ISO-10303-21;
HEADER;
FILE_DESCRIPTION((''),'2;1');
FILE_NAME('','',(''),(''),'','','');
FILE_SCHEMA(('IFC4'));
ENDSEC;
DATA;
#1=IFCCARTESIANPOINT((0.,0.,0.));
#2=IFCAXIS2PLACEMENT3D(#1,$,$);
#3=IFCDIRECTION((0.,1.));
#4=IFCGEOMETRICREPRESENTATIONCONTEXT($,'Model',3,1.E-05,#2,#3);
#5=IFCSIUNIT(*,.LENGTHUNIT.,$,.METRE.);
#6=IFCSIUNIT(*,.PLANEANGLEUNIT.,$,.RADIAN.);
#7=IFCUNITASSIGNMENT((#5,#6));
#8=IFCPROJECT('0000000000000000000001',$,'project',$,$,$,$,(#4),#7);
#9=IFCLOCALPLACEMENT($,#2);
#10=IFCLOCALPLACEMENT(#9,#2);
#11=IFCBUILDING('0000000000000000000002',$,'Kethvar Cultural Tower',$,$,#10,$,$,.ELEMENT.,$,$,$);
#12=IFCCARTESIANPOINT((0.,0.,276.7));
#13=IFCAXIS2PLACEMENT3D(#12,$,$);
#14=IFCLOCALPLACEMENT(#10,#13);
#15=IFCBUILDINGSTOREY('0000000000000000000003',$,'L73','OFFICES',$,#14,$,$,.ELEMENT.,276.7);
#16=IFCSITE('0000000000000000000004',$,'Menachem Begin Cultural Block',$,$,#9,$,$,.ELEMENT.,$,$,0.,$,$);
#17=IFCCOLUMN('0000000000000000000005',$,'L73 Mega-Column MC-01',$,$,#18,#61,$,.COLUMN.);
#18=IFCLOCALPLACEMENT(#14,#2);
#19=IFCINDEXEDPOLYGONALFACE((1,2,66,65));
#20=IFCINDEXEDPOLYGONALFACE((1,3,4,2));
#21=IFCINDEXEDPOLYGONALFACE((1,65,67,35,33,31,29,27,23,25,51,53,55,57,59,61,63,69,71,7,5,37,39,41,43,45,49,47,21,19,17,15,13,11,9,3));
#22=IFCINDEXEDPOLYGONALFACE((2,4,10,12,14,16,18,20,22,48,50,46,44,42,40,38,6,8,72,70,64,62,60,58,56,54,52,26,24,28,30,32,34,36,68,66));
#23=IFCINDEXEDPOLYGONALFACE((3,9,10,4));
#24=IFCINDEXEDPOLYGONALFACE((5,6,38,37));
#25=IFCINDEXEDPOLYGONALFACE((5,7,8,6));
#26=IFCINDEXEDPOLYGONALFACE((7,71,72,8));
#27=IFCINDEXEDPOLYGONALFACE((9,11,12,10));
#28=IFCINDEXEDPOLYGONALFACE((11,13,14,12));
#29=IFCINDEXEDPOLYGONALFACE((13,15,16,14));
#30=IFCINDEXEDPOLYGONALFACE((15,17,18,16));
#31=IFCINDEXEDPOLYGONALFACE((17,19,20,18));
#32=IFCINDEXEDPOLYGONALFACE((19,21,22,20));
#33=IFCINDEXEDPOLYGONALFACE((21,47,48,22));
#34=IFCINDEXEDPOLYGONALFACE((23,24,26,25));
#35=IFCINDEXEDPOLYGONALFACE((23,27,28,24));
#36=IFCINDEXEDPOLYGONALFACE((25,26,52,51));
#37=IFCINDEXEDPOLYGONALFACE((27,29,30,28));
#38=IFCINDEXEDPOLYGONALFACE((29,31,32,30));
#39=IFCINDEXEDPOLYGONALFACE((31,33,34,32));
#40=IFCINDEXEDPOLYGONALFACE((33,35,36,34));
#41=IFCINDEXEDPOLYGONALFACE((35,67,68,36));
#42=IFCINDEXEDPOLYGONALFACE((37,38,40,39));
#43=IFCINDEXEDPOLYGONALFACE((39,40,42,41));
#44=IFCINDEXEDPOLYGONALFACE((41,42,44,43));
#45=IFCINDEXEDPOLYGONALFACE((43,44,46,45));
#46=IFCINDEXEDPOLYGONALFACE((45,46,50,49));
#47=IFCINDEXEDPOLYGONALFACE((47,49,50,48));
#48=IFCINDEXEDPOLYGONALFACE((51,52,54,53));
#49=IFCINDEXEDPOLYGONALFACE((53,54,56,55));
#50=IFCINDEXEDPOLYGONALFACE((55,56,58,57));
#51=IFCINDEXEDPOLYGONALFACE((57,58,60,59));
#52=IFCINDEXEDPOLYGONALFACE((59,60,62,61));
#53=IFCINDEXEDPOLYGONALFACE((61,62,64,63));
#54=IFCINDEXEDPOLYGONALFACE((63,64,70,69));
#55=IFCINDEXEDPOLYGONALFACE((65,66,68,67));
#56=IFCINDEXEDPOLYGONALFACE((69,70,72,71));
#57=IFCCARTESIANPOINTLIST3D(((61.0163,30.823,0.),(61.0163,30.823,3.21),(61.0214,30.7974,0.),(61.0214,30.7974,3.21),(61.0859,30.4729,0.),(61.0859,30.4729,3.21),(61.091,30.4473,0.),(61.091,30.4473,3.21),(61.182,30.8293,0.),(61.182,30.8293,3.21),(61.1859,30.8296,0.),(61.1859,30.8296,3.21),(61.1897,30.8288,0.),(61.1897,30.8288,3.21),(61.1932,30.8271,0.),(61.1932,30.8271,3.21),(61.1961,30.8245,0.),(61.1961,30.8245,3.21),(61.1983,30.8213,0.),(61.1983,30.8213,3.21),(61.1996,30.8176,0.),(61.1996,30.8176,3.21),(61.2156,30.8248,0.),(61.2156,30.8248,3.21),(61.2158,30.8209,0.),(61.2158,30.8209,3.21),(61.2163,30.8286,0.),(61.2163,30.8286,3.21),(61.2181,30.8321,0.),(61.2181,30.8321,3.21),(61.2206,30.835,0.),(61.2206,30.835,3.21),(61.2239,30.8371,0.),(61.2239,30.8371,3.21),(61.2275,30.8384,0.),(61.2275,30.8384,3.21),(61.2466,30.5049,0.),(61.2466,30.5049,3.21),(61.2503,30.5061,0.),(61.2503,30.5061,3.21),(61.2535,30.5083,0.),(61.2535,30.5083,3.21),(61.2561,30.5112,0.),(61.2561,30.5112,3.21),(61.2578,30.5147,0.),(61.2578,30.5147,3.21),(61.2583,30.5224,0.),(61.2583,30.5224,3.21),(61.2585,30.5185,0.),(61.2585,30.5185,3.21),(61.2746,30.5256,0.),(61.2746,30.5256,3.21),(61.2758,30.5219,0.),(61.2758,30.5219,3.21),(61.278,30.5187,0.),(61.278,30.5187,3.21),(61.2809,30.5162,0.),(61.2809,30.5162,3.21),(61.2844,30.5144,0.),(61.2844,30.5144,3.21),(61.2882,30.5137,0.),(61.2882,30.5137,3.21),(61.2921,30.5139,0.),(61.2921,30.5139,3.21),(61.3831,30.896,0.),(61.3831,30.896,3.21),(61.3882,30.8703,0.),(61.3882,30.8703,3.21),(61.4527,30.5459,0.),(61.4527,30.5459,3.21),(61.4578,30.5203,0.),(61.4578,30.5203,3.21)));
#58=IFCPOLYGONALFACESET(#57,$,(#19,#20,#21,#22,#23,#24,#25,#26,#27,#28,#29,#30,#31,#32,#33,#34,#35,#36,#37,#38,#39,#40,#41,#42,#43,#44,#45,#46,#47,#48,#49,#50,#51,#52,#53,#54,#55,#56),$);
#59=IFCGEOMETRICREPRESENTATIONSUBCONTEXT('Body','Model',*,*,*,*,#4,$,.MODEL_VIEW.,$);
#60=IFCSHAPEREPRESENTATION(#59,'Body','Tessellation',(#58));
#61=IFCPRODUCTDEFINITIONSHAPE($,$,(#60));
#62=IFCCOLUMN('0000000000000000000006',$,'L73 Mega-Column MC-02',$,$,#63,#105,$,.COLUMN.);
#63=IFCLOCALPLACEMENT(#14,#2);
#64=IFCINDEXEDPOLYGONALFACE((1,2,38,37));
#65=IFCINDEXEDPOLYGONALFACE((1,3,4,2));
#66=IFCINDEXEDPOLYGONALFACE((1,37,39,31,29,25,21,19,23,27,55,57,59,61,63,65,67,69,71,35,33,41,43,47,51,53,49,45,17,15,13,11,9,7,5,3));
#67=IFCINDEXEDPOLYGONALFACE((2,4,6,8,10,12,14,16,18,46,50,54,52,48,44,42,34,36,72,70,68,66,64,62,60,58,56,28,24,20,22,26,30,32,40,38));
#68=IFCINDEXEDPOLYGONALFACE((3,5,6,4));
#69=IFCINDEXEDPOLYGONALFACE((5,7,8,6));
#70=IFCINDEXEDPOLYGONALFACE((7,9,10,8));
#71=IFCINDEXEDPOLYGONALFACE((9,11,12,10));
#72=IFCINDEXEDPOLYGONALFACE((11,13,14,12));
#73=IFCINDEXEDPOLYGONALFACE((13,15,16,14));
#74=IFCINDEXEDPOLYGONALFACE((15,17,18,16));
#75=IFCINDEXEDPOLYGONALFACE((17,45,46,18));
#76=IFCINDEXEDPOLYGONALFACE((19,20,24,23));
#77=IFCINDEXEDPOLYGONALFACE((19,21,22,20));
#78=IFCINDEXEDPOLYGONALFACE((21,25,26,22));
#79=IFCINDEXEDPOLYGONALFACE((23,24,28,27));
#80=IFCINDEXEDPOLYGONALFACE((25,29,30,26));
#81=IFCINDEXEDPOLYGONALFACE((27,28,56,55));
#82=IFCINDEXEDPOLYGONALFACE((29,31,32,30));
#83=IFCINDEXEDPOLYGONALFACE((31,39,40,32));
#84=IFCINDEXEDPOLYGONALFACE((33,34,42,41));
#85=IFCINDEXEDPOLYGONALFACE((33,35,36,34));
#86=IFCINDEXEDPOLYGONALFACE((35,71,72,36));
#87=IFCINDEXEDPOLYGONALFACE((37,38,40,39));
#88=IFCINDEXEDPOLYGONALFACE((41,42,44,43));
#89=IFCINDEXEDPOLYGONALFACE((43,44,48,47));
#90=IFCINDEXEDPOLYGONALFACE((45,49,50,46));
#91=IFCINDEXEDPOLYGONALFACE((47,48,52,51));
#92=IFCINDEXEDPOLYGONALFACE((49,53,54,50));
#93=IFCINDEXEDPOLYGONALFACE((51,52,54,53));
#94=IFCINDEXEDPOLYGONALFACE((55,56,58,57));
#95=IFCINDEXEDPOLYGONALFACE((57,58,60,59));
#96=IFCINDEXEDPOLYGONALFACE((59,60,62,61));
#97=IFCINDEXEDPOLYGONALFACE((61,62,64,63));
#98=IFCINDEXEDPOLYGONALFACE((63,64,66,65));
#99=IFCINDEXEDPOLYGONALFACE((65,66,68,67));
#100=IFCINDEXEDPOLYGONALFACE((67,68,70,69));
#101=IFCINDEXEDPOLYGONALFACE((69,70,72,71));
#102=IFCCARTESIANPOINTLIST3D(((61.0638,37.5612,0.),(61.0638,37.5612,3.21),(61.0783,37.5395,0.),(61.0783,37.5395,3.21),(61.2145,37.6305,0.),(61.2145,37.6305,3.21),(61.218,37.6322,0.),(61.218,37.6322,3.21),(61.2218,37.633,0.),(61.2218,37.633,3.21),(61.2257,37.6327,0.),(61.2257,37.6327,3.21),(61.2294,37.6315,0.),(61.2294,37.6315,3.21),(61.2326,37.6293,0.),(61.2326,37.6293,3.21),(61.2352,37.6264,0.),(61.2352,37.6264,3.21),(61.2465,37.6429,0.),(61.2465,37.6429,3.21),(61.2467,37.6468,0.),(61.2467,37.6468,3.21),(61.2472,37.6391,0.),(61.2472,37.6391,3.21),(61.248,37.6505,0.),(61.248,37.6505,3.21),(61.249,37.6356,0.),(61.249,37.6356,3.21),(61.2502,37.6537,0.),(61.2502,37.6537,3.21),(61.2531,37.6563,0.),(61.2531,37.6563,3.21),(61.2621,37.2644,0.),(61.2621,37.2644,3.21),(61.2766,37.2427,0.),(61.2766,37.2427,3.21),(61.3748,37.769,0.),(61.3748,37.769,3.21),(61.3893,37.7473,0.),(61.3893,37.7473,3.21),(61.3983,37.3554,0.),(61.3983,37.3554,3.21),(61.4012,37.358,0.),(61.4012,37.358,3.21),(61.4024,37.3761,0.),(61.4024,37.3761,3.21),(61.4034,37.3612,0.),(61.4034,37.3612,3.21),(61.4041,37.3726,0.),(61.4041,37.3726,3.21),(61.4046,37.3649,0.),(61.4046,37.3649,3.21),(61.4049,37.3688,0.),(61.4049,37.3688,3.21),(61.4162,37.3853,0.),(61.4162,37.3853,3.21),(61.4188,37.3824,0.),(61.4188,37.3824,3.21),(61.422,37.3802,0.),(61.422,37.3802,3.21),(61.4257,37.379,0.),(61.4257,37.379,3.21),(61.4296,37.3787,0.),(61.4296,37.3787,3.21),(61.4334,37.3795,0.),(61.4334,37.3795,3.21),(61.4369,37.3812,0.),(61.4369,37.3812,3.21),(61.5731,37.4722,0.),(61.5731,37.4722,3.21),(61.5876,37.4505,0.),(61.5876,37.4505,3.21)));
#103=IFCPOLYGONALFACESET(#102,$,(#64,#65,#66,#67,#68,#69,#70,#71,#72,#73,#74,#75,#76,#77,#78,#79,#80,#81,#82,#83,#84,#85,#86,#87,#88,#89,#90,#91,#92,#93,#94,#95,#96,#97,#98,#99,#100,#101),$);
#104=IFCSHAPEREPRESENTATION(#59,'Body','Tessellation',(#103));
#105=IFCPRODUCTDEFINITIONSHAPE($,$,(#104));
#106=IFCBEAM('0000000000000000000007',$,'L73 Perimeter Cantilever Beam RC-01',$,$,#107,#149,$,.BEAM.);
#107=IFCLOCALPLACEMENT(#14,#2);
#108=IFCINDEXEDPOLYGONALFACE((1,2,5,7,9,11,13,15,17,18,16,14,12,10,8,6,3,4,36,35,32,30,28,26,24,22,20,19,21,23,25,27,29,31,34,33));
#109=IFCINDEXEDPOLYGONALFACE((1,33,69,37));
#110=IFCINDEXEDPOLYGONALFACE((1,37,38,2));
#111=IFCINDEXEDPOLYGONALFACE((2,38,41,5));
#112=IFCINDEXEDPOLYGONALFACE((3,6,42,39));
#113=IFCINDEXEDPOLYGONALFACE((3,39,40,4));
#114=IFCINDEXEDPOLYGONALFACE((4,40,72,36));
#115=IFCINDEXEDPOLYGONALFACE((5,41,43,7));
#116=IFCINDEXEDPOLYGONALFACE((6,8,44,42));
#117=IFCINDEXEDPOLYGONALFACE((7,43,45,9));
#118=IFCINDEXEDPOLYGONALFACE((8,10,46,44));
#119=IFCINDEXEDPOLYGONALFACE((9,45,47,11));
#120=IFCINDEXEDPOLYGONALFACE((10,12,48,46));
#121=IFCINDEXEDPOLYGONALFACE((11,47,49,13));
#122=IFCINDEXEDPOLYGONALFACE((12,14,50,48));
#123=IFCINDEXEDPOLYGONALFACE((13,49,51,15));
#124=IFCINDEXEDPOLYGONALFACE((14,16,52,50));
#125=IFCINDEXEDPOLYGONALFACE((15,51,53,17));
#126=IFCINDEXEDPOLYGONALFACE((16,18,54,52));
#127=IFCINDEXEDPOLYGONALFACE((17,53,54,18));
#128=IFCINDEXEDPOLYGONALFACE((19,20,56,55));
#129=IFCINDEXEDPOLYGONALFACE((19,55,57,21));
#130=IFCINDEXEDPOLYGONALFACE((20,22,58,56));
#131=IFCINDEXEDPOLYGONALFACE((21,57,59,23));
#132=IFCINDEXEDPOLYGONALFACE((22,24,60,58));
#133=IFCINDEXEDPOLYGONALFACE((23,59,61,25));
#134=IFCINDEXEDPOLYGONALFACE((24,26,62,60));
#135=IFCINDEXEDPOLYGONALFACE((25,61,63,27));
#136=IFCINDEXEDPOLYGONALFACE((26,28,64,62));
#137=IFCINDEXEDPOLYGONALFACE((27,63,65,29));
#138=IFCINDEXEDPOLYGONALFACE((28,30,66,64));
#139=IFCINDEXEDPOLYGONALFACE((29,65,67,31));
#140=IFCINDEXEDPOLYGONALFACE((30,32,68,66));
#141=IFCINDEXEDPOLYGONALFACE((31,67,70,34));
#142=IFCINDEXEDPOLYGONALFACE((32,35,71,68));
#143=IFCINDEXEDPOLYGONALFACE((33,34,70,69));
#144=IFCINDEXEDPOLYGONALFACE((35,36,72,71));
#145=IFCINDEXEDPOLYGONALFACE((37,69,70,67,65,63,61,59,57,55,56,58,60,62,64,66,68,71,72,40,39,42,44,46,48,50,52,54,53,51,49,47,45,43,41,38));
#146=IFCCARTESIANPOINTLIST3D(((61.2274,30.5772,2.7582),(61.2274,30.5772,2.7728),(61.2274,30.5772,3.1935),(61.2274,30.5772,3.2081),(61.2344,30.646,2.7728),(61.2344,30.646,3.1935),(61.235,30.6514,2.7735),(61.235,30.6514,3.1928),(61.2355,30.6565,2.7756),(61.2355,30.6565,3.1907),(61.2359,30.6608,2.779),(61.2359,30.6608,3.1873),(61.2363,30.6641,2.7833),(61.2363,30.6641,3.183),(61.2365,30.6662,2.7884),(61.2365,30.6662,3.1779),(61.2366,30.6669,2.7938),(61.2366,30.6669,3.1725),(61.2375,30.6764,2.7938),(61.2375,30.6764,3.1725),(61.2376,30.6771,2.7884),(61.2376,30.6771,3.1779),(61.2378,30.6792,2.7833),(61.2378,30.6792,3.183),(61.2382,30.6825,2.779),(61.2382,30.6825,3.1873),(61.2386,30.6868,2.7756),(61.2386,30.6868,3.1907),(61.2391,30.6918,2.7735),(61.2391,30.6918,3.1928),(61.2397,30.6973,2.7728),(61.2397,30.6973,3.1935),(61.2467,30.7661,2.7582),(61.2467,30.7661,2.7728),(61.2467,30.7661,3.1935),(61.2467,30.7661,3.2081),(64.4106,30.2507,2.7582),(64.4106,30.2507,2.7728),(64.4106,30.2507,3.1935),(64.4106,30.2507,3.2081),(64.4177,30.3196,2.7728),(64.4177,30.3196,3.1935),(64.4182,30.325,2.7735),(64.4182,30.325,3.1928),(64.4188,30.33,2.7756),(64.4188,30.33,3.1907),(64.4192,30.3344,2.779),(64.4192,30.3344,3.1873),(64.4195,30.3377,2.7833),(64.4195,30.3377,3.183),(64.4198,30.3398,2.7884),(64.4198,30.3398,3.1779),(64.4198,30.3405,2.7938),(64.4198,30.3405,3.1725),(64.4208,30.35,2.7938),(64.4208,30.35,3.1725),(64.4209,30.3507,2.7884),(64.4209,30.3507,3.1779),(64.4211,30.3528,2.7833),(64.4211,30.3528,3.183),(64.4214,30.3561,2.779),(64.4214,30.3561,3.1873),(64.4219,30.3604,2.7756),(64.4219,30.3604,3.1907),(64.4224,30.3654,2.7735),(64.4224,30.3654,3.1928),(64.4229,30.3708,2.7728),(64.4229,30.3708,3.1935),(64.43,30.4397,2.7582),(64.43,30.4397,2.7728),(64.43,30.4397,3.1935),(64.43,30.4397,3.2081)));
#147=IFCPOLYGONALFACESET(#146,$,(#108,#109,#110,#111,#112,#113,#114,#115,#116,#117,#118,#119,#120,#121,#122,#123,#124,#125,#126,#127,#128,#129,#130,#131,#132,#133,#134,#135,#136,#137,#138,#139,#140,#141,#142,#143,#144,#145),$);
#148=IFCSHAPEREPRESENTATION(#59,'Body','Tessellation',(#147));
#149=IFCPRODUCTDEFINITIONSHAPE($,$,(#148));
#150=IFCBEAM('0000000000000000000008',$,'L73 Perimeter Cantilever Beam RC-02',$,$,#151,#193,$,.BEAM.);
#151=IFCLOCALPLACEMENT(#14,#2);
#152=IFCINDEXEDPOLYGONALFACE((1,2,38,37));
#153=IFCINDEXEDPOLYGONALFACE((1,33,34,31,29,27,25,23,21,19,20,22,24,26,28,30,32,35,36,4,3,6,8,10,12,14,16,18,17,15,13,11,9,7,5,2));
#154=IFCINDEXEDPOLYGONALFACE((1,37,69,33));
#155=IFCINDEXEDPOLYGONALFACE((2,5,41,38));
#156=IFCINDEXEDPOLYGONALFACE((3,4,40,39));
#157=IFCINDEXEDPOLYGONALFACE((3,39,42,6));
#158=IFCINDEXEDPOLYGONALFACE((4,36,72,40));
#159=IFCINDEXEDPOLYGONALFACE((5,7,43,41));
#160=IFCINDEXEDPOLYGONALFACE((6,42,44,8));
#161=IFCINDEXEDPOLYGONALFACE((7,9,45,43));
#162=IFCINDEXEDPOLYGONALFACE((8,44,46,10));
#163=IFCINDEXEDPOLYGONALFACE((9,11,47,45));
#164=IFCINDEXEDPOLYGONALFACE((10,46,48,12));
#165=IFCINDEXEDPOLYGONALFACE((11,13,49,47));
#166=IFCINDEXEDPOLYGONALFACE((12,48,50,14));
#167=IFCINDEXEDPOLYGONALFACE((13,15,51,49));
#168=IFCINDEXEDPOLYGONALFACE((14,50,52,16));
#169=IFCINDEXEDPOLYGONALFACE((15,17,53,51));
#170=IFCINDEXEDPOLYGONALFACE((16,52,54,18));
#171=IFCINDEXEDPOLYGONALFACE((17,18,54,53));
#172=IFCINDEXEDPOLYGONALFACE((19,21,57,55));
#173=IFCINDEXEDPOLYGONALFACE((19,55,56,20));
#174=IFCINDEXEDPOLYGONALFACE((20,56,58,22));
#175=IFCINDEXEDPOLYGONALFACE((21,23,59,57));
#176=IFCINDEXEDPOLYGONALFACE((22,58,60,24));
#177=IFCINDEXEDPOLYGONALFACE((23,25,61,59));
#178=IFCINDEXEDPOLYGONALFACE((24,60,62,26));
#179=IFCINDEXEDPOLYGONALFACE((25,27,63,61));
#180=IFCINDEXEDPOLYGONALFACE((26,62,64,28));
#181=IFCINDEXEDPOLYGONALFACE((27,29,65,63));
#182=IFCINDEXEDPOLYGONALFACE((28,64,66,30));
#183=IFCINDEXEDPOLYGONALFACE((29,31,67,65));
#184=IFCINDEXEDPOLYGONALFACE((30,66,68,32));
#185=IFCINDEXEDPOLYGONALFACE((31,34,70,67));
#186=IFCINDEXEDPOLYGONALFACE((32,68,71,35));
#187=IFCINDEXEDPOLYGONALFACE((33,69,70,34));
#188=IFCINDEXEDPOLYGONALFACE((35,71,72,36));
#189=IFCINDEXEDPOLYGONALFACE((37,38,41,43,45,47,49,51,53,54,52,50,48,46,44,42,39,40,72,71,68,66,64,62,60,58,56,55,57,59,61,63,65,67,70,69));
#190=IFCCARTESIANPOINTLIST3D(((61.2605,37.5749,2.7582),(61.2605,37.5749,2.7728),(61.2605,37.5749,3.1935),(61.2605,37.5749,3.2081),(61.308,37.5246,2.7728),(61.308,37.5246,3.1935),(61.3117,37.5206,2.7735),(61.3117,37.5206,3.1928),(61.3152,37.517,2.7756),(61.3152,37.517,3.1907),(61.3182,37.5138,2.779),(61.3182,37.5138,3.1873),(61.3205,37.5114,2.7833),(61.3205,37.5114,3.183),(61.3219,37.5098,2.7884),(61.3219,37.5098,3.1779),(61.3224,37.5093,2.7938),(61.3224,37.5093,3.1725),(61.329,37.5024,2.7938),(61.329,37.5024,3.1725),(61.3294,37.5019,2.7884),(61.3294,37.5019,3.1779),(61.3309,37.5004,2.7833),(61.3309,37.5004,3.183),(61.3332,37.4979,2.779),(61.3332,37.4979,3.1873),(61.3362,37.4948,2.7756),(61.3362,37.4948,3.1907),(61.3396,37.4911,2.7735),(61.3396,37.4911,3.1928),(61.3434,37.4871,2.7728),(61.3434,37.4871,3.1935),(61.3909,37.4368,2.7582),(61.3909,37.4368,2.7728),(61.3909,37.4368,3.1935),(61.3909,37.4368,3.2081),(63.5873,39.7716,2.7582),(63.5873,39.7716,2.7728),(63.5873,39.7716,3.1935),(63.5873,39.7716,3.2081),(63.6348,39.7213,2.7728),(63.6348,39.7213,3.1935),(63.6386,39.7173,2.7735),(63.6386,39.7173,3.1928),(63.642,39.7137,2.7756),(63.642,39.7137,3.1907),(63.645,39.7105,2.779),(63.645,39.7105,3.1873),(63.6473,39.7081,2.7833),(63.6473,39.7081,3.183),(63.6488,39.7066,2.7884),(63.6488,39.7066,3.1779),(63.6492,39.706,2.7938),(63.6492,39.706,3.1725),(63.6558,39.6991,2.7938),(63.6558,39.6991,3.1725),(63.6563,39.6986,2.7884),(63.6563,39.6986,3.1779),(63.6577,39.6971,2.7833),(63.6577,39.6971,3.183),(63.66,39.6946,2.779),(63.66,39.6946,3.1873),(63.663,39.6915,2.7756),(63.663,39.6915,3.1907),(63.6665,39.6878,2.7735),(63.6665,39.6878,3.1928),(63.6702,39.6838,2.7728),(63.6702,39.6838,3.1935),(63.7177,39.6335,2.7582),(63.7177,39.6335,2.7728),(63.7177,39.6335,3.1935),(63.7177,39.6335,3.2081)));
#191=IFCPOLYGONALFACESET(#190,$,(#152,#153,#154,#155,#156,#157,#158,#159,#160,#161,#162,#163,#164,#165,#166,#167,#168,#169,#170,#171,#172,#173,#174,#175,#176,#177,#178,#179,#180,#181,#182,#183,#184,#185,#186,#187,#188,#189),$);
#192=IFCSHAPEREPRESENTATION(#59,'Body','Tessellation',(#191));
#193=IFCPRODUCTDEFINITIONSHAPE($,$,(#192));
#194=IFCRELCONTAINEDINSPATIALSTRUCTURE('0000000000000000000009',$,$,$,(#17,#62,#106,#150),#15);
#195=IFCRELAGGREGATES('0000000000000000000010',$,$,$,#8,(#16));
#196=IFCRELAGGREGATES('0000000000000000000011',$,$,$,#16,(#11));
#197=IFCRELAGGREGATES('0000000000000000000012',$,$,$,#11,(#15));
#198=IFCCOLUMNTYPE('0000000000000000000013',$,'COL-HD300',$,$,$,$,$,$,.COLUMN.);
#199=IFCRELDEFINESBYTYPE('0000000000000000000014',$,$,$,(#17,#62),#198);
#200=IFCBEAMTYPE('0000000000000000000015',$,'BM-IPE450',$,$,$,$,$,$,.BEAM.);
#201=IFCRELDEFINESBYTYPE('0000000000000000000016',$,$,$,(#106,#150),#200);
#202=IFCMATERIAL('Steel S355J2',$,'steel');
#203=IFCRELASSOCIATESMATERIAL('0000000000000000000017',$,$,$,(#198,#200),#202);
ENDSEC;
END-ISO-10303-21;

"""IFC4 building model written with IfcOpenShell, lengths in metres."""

from ifc_helpers import new_model, si_unit, direction, frame, origin, origin_2d, place, context, subcontext, project, spatial, i_section, extrude, source, transform, mapped, material, material_profile, profile_set, type_object, element, save


model = new_model("IFC4")

# Units and contexts
model_context = context("Model", 3, precision=1e-05, world=origin(), true_north=direction((0.0, 1.0)))
body_context = subcontext(model_context, "Body", "Model", "MODEL_VIEW")
ifc_project = project(units=[si_unit("LENGTHUNIT", "METRE"), si_unit("PLANEANGLEUNIT", "RADIAN")], contexts=[model_context])

# Site, building, storey
site_placement = place(None, origin())
site = spatial("IfcSite", under=ifc_project, at=site_placement, Name="Menachem Begin Cultural Block", CompositionType="ELEMENT", RefElevation=0.0)
building_placement = place(site_placement, origin())
building = spatial("IfcBuilding", under=site, at=building_placement, Name="Kethvar Cultural Tower", CompositionType="ELEMENT")
storey_placement = place(building_placement, frame((0.0, 0.0, 276.7)))
storey = spatial("IfcBuildingStorey", under=building, at=storey_placement, Name="L73", Description="OFFICES", CompositionType="ELEMENT", Elevation=276.7)

# Columns
ifc_material_1 = material(Name="Steel S355J2", Category="steel")
ifc_material_profile_1 = material_profile(ifc_material_1, i_section(OverallWidth=0.374, OverallDepth=0.3831, WebThickness=0.0166, FlangeThickness=0.0261, FilletRadius=0.0149, at=origin_2d()), Name="Steel S355J2 — HD360x300")
ifc_profile_set_1 = profile_set([ifc_material_profile_1], Name="Steel S355J2 — HD360x300")
column_type = type_object("IfcColumnType", Name="COL-HD300", PredefinedType="COLUMN", material=ifc_profile_set_1)
shared_shape_1 = source(origin(), body_context, "Body", "SweptSolid", [
    extrude(i_section(OverallWidth=0.374, OverallDepth=0.3831, WebThickness=0.0166, FlangeThickness=0.0261, FilletRadius=0.0149, at=origin_2d()), origin(), (0.0, 0.0, 1.0), 3.21),
])
for number, where, z_axis, x_axis, name in (
    (1, (61.2371, 30.6716, 0.0), (0.0, 0.0, 1.0), (0.980785, 0.19509, 0.0), "L73 Mega-Column MC-01"),
    (2, (61.3257, 37.5059, 0.0), (0.0, 0.0, 1.0), (0.83147, 0.55557, 0.0), "L73 Mega-Column MC-02"),
):
    element("IfcColumn", number, at=place(storey_placement, frame(where, z_axis=z_axis, x_axis=x_axis)), inside=storey, type_object=column_type, Name=name, PredefinedType="COLUMN", context=body_context, shape_type="MappedRepresentation", body=[
        mapped(shared_shape_1, transform((0.0, 0.0, 0.0), scale=1.0)),
    ])

# Beams
ifc_material_profile_2 = material_profile(ifc_material_1, i_section(OverallWidth=0.1899, OverallDepth=0.45, WebThickness=0.0095, FlangeThickness=0.0146, FilletRadius=0.021, at=origin_2d()), Name="Steel S355J2 — IPE450")
ifc_profile_set_2 = profile_set([ifc_material_profile_2], Name="Steel S355J2 — IPE450")
beam_type_1 = type_object("IfcBeamType", Name="BM-IPE450", PredefinedType="BEAM", material=ifc_profile_set_2)
shared_shape_2 = source(origin(), body_context, "Body", "SweptSolid", [
    extrude(i_section(OverallWidth=0.1899, OverallDepth=0.45, WebThickness=0.0095, FlangeThickness=0.0146, FilletRadius=0.021, at=origin_2d()), origin(), (0.0, 0.0, 1.0), 3.2),
])
for number, where, z_axis, x_axis, name in (
    (3, (61.2371, 30.6716, 2.9832), (0.994784, -0.102004, 0.0), (0.102004, 0.994784, 0.0), "L73 Perimeter Cantilever Beam RC-01"),
    (4, (61.3257, 37.5059, 2.9832), (0.727146, 0.686482, 0.0), (-0.686482, 0.727146, 0.0), "L73 Perimeter Cantilever Beam RC-02"),
):
    element("IfcBeam", number, at=place(storey_placement, frame(where, z_axis=z_axis, x_axis=x_axis)), inside=storey, type_object=beam_type_1, Name=name, PredefinedType="BEAM", context=body_context, shape_type="MappedRepresentation", body=[
        mapped(shared_shape_2, transform((0.0, 0.0, 0.0), scale=1.0)),
    ])

save(model, "model.ifc")
